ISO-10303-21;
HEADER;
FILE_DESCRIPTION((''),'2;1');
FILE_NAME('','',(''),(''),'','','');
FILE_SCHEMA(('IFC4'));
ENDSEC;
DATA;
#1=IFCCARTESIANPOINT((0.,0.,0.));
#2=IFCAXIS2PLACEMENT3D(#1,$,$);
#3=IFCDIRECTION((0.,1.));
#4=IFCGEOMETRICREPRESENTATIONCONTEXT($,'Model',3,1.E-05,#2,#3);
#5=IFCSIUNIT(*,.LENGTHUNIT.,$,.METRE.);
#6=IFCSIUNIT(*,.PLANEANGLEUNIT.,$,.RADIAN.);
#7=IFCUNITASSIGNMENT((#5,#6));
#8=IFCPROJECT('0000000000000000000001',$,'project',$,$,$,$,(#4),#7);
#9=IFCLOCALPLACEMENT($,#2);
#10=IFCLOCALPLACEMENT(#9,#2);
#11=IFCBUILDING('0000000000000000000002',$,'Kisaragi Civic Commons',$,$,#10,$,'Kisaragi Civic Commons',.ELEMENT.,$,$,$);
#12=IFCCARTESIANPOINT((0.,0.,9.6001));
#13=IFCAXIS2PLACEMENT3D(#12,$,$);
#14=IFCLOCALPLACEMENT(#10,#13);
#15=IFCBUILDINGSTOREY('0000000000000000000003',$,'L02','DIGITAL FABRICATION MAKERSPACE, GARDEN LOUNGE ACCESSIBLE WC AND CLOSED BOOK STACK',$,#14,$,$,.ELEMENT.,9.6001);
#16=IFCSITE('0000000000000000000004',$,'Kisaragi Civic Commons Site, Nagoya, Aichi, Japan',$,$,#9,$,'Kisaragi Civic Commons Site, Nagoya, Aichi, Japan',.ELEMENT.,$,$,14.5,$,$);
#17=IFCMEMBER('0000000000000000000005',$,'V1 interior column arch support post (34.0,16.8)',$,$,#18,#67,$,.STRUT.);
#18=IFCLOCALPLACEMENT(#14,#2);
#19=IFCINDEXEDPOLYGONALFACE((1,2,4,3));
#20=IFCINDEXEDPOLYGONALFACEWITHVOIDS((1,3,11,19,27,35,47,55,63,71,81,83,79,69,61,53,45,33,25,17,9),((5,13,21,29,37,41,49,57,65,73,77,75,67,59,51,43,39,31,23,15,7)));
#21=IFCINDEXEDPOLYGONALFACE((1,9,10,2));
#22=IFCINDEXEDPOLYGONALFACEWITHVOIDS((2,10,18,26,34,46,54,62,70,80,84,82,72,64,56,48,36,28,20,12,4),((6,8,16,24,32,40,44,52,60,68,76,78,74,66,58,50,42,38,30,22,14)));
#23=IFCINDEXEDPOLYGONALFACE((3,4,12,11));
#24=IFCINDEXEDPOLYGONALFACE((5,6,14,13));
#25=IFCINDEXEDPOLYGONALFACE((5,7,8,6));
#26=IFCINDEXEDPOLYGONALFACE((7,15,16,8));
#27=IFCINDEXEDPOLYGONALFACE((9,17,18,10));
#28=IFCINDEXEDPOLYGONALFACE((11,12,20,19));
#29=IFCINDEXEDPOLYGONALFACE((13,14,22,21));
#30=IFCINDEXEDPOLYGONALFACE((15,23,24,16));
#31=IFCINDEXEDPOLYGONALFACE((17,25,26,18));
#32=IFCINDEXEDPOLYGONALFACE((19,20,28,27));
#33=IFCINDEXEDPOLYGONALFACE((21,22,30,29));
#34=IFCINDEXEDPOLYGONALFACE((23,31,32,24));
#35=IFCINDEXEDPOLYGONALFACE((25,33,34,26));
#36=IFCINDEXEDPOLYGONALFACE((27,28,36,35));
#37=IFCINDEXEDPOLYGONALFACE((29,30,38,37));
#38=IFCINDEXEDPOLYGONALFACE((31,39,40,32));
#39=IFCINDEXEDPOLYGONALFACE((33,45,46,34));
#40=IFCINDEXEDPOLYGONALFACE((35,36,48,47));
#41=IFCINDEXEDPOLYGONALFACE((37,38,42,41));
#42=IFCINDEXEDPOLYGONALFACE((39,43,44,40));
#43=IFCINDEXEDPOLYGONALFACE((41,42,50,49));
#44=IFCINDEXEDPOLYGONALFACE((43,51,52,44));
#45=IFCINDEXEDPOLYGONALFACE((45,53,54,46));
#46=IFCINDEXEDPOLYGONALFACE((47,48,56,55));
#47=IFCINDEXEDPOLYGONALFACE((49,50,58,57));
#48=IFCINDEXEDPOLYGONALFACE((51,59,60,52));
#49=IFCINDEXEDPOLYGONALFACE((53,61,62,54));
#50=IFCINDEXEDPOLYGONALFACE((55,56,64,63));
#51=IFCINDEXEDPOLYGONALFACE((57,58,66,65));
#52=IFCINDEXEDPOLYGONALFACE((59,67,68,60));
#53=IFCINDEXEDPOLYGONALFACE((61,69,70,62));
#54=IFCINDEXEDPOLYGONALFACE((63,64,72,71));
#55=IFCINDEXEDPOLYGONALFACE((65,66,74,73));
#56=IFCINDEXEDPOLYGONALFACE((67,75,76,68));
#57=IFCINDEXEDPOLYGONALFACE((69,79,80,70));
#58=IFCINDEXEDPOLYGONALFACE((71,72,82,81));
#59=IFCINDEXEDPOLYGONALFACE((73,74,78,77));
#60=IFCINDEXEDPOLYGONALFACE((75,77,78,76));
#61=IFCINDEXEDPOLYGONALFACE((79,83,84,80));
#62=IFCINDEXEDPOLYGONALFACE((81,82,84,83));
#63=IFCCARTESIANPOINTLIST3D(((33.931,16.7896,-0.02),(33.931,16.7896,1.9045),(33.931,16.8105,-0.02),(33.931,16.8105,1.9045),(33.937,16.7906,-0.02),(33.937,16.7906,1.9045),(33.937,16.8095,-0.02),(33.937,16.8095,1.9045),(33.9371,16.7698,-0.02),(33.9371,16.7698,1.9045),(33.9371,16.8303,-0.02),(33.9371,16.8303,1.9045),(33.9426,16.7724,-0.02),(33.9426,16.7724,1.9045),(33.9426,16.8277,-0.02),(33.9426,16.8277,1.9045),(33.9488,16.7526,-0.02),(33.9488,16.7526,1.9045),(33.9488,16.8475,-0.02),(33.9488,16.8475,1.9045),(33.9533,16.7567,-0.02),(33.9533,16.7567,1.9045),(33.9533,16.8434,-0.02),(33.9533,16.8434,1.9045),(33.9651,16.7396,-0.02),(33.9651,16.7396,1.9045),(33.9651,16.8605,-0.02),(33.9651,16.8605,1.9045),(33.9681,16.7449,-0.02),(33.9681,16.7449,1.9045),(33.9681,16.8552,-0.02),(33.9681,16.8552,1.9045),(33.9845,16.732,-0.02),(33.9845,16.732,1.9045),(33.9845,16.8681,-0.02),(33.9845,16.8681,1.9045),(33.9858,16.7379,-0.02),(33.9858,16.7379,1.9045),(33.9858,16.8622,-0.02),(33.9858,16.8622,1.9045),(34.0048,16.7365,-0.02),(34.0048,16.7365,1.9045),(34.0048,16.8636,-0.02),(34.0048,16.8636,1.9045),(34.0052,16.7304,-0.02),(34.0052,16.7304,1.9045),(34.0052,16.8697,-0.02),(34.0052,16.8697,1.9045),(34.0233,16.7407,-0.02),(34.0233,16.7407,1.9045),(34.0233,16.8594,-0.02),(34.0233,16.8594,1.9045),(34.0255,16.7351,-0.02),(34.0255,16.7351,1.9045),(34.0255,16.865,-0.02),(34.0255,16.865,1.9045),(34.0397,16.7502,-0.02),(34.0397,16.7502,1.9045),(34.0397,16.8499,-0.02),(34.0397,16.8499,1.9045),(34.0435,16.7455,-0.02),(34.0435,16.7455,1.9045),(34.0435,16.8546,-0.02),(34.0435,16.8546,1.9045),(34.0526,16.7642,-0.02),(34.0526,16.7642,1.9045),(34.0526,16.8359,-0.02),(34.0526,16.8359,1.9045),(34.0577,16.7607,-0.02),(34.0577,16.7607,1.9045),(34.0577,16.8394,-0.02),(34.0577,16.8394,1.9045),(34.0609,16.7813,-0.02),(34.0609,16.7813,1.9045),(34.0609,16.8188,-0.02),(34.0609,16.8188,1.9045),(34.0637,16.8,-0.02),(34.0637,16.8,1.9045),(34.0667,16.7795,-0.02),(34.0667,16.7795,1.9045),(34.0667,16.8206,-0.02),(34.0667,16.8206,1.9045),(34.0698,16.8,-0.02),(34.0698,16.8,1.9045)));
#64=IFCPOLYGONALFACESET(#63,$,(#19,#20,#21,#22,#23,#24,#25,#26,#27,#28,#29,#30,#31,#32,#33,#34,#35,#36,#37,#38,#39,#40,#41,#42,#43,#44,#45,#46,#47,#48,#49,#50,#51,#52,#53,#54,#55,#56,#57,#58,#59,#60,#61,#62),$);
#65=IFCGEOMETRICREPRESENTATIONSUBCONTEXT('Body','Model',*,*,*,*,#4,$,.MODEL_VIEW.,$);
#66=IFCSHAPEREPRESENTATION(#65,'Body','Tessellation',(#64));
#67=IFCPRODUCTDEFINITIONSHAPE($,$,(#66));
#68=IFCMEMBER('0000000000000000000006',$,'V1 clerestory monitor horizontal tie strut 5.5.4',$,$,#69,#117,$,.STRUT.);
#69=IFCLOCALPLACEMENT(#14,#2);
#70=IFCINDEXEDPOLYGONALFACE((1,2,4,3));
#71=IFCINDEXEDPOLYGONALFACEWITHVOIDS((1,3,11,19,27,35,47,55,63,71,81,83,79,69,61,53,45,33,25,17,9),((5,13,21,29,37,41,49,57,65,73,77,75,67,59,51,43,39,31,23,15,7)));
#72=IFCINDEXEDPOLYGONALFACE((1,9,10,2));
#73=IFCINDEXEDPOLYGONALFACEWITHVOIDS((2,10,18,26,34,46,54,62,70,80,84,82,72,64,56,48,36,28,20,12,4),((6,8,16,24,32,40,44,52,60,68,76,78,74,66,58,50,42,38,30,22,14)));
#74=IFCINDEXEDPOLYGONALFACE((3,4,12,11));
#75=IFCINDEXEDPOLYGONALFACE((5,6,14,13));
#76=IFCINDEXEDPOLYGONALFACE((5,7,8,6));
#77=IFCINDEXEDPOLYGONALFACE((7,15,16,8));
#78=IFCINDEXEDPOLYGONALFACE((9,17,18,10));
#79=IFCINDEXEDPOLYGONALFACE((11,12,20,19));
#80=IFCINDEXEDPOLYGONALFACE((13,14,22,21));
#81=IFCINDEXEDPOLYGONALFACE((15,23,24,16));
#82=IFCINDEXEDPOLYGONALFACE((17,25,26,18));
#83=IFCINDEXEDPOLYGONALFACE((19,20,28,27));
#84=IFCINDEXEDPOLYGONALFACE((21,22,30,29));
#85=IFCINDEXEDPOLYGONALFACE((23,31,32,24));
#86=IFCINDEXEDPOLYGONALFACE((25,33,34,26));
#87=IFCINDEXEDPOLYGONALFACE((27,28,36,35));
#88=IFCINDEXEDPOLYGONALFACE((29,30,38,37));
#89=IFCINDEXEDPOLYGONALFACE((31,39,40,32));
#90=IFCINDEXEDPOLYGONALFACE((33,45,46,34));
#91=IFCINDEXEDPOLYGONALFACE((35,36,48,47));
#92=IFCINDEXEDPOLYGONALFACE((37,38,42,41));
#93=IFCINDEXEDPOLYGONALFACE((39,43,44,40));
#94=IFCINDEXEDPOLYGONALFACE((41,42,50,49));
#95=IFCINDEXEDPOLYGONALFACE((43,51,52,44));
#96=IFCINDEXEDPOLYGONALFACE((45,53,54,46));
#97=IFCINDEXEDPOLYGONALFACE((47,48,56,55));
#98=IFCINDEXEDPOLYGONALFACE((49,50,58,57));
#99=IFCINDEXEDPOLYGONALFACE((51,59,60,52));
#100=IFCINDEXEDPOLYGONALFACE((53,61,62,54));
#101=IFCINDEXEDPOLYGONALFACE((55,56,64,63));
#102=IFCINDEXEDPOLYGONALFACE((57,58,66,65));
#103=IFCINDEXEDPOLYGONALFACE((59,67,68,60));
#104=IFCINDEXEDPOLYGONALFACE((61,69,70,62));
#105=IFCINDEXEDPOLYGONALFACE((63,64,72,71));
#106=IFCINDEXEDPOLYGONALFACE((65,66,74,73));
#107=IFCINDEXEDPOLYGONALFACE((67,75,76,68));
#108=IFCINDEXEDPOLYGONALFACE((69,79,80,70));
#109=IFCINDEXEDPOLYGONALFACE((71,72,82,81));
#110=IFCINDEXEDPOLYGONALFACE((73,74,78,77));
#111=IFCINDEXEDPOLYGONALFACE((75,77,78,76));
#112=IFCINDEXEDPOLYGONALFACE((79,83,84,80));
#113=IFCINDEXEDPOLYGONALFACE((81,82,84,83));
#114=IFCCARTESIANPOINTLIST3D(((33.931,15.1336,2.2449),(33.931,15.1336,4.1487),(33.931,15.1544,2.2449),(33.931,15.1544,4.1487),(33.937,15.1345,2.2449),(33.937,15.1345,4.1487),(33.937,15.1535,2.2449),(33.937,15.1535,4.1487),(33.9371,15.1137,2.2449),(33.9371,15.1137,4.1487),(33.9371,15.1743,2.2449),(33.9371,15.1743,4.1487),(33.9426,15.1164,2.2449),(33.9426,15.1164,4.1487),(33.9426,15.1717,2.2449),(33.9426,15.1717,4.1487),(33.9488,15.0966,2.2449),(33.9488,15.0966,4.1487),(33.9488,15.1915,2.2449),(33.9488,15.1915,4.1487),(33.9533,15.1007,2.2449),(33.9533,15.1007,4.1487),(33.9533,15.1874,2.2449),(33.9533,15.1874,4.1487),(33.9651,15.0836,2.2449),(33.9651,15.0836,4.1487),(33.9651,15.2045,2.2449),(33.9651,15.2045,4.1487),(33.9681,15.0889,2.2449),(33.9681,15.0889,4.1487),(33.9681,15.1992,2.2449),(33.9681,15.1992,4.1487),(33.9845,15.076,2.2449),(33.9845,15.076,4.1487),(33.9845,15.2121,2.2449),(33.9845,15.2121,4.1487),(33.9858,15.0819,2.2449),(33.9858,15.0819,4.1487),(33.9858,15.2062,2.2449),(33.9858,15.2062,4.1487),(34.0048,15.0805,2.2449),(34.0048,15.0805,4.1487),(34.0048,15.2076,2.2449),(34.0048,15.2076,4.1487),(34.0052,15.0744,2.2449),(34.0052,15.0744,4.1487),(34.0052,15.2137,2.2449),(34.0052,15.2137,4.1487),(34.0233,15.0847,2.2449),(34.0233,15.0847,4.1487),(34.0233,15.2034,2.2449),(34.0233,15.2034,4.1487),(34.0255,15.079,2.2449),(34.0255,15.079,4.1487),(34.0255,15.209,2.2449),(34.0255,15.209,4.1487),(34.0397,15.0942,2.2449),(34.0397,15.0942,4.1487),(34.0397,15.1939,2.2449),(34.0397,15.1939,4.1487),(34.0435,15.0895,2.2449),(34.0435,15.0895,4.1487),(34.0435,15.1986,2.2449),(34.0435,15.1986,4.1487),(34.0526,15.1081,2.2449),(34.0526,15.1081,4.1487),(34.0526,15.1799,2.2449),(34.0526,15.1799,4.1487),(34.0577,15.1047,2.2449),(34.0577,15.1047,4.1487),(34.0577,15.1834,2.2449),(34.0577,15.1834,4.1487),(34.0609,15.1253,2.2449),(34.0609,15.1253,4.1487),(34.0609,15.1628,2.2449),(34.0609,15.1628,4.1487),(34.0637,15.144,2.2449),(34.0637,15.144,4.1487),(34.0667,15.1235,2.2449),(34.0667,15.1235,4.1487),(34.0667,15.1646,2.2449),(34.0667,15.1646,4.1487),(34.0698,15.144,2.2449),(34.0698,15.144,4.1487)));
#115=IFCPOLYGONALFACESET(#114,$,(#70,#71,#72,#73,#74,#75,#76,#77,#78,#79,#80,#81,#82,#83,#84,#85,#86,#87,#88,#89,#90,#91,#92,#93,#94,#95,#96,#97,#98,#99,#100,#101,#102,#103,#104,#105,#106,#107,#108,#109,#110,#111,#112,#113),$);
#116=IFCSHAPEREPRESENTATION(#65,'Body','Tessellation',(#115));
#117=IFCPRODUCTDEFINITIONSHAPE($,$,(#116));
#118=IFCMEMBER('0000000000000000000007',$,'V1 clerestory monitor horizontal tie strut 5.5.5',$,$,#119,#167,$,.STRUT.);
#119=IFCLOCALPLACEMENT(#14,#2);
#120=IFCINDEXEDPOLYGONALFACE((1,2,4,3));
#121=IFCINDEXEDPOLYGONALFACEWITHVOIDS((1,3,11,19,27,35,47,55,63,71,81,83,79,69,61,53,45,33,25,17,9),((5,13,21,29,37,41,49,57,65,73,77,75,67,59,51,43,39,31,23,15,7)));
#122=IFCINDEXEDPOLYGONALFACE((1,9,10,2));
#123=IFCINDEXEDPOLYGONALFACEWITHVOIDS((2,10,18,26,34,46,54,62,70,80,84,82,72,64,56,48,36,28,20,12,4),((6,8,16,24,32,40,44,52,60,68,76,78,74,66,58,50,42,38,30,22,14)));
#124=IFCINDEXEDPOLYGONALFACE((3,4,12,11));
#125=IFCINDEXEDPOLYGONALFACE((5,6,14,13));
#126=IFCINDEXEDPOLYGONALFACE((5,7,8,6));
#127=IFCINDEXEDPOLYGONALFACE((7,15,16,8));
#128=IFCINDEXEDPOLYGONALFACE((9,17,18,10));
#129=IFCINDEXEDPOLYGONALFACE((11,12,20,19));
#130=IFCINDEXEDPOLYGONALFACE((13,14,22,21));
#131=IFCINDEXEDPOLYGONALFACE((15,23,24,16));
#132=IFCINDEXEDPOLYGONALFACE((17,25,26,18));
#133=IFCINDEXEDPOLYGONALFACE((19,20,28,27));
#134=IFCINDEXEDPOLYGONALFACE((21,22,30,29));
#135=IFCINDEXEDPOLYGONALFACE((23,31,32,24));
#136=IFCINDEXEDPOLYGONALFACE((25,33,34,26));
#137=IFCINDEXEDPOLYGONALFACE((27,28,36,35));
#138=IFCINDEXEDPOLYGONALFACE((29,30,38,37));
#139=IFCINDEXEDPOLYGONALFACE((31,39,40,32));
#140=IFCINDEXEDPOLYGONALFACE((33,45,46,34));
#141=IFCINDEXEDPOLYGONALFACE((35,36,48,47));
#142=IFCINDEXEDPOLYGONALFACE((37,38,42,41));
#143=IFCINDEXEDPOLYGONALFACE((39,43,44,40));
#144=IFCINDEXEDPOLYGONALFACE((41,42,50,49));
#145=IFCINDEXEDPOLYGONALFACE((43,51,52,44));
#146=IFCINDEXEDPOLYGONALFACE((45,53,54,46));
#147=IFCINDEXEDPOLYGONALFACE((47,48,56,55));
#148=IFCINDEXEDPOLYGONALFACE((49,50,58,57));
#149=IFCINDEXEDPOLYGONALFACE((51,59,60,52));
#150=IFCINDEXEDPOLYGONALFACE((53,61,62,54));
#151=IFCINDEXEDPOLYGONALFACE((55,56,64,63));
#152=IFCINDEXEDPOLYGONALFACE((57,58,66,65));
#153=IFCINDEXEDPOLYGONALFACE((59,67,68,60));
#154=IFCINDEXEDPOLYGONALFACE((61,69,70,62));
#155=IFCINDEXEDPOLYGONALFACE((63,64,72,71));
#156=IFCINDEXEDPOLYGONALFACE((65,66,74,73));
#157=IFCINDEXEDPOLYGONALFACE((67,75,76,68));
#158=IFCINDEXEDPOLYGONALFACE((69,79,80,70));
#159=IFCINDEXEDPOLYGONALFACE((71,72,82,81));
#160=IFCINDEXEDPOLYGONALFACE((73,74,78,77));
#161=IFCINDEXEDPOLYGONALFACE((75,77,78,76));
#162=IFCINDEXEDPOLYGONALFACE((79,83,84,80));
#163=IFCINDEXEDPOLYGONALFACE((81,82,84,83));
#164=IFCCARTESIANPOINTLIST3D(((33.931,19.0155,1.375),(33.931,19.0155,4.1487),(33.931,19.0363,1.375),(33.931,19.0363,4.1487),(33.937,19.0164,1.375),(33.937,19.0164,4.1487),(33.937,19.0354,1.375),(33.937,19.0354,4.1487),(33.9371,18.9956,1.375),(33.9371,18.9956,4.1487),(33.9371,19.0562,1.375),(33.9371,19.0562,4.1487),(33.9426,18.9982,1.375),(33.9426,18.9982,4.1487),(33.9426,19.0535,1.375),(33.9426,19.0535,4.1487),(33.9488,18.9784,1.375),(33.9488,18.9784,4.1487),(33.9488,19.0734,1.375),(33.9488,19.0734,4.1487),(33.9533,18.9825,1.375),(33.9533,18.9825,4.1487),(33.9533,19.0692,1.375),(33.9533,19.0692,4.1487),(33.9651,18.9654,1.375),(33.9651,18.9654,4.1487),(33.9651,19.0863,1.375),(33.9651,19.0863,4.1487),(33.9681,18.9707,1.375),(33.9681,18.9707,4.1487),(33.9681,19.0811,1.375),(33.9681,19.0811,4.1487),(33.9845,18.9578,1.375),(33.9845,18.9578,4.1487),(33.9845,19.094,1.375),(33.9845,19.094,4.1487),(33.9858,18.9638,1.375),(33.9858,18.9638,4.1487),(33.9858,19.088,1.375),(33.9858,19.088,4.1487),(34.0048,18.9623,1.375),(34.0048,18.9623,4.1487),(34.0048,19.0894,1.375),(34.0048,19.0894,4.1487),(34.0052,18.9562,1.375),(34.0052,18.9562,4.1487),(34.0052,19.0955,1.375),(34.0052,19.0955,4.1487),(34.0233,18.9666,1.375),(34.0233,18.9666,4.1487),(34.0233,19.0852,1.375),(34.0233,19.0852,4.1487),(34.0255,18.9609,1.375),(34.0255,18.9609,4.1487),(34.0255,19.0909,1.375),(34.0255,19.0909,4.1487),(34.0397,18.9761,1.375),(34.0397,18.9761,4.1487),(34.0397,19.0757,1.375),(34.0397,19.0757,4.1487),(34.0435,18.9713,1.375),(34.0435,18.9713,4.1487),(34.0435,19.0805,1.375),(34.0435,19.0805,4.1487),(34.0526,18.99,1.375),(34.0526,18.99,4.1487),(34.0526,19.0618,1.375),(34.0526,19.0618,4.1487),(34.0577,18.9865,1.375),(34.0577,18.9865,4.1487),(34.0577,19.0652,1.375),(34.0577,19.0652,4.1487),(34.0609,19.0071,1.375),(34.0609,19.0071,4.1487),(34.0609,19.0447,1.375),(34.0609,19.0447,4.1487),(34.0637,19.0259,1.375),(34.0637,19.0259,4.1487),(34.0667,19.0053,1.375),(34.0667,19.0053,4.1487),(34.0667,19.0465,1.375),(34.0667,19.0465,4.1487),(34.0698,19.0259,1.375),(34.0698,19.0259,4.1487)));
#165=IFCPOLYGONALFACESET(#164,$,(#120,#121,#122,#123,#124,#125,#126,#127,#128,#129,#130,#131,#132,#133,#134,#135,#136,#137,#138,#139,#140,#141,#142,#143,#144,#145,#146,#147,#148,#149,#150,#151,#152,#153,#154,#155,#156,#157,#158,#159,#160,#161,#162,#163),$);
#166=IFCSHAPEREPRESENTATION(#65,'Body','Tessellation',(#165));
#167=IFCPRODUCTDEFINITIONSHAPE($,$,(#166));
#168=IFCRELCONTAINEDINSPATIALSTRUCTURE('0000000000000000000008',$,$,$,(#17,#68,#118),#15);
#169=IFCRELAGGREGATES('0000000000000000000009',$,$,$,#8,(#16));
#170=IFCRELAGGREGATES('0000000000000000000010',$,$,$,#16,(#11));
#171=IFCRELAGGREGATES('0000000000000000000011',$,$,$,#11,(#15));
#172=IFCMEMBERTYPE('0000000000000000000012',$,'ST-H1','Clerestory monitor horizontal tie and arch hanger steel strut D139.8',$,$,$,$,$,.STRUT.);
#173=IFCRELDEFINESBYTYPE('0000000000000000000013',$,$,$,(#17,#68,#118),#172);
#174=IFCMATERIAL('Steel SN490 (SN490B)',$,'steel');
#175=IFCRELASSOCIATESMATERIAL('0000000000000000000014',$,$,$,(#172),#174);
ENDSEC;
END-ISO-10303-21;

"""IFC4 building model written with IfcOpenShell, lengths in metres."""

from ifc_helpers import new_model, si_unit, direction, frame, origin, origin_2d, place, context, subcontext, project, spatial, hollow_circle, extrude, material, material_profile, profile_set, type_object, element, save


model = new_model("IFC4")

# Units and contexts
model_context = context("Model", 3, precision=1e-05, world=origin(), true_north=direction((0.0, 1.0)))
body_context = subcontext(model_context, "Body", "Model", "MODEL_VIEW")
ifc_project = project(units=[si_unit("LENGTHUNIT", "METRE"), si_unit("PLANEANGLEUNIT", "RADIAN")], contexts=[model_context])

# Site, building, storey
site_placement = place(None, origin())
site = spatial("IfcSite", under=ifc_project, at=site_placement, Name="Kisaragi Civic Commons Site, Nagoya, Aichi, Japan", LongName="Kisaragi Civic Commons Site, Nagoya, Aichi, Japan", CompositionType="ELEMENT", RefElevation=14.5)
building_placement = place(site_placement, origin())
building = spatial("IfcBuilding", under=site, at=building_placement, Name="Kisaragi Civic Commons", LongName="Kisaragi Civic Commons", CompositionType="ELEMENT")
storey_placement = place(building_placement, frame((0.0, 0.0, 9.6001)))
storey = spatial("IfcBuildingStorey", under=building, at=storey_placement, Name="L02", Description="DIGITAL FABRICATION MAKERSPACE, GARDEN LOUNGE ACCESSIBLE WC AND CLOSED BOOK STACK", CompositionType="ELEMENT", Elevation=9.6001)

# Members
ifc_material_1 = material(Name="Steel SN490 (SN490B)", Category="steel")
ifc_material_profile_1 = material_profile(ifc_material_1, hollow_circle(Radius=0.0698, WallThickness=0.0061, at=origin_2d()), Name="CHS-139.8x6.0", Category="steel")
ifc_profile_set_1 = profile_set([ifc_material_profile_1], Name="Steel SN490 (SN490B)")
member_type_1 = type_object("IfcMemberType", Name="ST-H1", Description="Clerestory monitor horizontal tie and arch hanger steel strut D139.8", PredefinedType="STRUT", material=ifc_profile_set_1)
member_1_placement = place(storey_placement, frame((34.0, 16.8, -0.02), z_axis=(0.0, 0.0, 1.0), x_axis=(1.0, 0.0, 0.0)))
element("IfcMember", 1, at=member_1_placement, inside=storey, type_object=member_type_1, Name="V1 interior column arch support post (34.0,16.8)", PredefinedType="STRUT", context=body_context, shape_type="SweptSolid", body=[
    extrude(hollow_circle(Radius=0.0698, WallThickness=0.0061, at=origin_2d()), origin(), (0.0, 0.0, 1.0), 1.9246),
])
member_2_placement = place(storey_placement, frame((34.0, 15.144, 2.2449), z_axis=(0.0, 0.0, 1.0), x_axis=(1.0, 0.0, 0.0)))
element("IfcMember", 2, at=member_2_placement, inside=storey, type_object=member_type_1, Name="V1 clerestory monitor horizontal tie strut 5.5.4", PredefinedType="STRUT", context=body_context, shape_type="SweptSolid", body=[
    extrude(hollow_circle(Radius=0.0698, WallThickness=0.0061, at=origin_2d()), origin(), (0.0, 0.0, 1.0), 1.9038),
])
member_3_placement = place(storey_placement, frame((34.0, 19.0259, 1.375), z_axis=(0.0, 0.0, 1.0), x_axis=(1.0, 0.0, 0.0)))
element("IfcMember", 3, at=member_3_placement, inside=storey, type_object=member_type_1, Name="V1 clerestory monitor horizontal tie strut 5.5.5", PredefinedType="STRUT", context=body_context, shape_type="SweptSolid", body=[
    extrude(hollow_circle(Radius=0.0698, WallThickness=0.0061, at=origin_2d()), origin(), (0.0, 0.0, 1.0), 2.7737),
])

save(model, "model.ifc")
